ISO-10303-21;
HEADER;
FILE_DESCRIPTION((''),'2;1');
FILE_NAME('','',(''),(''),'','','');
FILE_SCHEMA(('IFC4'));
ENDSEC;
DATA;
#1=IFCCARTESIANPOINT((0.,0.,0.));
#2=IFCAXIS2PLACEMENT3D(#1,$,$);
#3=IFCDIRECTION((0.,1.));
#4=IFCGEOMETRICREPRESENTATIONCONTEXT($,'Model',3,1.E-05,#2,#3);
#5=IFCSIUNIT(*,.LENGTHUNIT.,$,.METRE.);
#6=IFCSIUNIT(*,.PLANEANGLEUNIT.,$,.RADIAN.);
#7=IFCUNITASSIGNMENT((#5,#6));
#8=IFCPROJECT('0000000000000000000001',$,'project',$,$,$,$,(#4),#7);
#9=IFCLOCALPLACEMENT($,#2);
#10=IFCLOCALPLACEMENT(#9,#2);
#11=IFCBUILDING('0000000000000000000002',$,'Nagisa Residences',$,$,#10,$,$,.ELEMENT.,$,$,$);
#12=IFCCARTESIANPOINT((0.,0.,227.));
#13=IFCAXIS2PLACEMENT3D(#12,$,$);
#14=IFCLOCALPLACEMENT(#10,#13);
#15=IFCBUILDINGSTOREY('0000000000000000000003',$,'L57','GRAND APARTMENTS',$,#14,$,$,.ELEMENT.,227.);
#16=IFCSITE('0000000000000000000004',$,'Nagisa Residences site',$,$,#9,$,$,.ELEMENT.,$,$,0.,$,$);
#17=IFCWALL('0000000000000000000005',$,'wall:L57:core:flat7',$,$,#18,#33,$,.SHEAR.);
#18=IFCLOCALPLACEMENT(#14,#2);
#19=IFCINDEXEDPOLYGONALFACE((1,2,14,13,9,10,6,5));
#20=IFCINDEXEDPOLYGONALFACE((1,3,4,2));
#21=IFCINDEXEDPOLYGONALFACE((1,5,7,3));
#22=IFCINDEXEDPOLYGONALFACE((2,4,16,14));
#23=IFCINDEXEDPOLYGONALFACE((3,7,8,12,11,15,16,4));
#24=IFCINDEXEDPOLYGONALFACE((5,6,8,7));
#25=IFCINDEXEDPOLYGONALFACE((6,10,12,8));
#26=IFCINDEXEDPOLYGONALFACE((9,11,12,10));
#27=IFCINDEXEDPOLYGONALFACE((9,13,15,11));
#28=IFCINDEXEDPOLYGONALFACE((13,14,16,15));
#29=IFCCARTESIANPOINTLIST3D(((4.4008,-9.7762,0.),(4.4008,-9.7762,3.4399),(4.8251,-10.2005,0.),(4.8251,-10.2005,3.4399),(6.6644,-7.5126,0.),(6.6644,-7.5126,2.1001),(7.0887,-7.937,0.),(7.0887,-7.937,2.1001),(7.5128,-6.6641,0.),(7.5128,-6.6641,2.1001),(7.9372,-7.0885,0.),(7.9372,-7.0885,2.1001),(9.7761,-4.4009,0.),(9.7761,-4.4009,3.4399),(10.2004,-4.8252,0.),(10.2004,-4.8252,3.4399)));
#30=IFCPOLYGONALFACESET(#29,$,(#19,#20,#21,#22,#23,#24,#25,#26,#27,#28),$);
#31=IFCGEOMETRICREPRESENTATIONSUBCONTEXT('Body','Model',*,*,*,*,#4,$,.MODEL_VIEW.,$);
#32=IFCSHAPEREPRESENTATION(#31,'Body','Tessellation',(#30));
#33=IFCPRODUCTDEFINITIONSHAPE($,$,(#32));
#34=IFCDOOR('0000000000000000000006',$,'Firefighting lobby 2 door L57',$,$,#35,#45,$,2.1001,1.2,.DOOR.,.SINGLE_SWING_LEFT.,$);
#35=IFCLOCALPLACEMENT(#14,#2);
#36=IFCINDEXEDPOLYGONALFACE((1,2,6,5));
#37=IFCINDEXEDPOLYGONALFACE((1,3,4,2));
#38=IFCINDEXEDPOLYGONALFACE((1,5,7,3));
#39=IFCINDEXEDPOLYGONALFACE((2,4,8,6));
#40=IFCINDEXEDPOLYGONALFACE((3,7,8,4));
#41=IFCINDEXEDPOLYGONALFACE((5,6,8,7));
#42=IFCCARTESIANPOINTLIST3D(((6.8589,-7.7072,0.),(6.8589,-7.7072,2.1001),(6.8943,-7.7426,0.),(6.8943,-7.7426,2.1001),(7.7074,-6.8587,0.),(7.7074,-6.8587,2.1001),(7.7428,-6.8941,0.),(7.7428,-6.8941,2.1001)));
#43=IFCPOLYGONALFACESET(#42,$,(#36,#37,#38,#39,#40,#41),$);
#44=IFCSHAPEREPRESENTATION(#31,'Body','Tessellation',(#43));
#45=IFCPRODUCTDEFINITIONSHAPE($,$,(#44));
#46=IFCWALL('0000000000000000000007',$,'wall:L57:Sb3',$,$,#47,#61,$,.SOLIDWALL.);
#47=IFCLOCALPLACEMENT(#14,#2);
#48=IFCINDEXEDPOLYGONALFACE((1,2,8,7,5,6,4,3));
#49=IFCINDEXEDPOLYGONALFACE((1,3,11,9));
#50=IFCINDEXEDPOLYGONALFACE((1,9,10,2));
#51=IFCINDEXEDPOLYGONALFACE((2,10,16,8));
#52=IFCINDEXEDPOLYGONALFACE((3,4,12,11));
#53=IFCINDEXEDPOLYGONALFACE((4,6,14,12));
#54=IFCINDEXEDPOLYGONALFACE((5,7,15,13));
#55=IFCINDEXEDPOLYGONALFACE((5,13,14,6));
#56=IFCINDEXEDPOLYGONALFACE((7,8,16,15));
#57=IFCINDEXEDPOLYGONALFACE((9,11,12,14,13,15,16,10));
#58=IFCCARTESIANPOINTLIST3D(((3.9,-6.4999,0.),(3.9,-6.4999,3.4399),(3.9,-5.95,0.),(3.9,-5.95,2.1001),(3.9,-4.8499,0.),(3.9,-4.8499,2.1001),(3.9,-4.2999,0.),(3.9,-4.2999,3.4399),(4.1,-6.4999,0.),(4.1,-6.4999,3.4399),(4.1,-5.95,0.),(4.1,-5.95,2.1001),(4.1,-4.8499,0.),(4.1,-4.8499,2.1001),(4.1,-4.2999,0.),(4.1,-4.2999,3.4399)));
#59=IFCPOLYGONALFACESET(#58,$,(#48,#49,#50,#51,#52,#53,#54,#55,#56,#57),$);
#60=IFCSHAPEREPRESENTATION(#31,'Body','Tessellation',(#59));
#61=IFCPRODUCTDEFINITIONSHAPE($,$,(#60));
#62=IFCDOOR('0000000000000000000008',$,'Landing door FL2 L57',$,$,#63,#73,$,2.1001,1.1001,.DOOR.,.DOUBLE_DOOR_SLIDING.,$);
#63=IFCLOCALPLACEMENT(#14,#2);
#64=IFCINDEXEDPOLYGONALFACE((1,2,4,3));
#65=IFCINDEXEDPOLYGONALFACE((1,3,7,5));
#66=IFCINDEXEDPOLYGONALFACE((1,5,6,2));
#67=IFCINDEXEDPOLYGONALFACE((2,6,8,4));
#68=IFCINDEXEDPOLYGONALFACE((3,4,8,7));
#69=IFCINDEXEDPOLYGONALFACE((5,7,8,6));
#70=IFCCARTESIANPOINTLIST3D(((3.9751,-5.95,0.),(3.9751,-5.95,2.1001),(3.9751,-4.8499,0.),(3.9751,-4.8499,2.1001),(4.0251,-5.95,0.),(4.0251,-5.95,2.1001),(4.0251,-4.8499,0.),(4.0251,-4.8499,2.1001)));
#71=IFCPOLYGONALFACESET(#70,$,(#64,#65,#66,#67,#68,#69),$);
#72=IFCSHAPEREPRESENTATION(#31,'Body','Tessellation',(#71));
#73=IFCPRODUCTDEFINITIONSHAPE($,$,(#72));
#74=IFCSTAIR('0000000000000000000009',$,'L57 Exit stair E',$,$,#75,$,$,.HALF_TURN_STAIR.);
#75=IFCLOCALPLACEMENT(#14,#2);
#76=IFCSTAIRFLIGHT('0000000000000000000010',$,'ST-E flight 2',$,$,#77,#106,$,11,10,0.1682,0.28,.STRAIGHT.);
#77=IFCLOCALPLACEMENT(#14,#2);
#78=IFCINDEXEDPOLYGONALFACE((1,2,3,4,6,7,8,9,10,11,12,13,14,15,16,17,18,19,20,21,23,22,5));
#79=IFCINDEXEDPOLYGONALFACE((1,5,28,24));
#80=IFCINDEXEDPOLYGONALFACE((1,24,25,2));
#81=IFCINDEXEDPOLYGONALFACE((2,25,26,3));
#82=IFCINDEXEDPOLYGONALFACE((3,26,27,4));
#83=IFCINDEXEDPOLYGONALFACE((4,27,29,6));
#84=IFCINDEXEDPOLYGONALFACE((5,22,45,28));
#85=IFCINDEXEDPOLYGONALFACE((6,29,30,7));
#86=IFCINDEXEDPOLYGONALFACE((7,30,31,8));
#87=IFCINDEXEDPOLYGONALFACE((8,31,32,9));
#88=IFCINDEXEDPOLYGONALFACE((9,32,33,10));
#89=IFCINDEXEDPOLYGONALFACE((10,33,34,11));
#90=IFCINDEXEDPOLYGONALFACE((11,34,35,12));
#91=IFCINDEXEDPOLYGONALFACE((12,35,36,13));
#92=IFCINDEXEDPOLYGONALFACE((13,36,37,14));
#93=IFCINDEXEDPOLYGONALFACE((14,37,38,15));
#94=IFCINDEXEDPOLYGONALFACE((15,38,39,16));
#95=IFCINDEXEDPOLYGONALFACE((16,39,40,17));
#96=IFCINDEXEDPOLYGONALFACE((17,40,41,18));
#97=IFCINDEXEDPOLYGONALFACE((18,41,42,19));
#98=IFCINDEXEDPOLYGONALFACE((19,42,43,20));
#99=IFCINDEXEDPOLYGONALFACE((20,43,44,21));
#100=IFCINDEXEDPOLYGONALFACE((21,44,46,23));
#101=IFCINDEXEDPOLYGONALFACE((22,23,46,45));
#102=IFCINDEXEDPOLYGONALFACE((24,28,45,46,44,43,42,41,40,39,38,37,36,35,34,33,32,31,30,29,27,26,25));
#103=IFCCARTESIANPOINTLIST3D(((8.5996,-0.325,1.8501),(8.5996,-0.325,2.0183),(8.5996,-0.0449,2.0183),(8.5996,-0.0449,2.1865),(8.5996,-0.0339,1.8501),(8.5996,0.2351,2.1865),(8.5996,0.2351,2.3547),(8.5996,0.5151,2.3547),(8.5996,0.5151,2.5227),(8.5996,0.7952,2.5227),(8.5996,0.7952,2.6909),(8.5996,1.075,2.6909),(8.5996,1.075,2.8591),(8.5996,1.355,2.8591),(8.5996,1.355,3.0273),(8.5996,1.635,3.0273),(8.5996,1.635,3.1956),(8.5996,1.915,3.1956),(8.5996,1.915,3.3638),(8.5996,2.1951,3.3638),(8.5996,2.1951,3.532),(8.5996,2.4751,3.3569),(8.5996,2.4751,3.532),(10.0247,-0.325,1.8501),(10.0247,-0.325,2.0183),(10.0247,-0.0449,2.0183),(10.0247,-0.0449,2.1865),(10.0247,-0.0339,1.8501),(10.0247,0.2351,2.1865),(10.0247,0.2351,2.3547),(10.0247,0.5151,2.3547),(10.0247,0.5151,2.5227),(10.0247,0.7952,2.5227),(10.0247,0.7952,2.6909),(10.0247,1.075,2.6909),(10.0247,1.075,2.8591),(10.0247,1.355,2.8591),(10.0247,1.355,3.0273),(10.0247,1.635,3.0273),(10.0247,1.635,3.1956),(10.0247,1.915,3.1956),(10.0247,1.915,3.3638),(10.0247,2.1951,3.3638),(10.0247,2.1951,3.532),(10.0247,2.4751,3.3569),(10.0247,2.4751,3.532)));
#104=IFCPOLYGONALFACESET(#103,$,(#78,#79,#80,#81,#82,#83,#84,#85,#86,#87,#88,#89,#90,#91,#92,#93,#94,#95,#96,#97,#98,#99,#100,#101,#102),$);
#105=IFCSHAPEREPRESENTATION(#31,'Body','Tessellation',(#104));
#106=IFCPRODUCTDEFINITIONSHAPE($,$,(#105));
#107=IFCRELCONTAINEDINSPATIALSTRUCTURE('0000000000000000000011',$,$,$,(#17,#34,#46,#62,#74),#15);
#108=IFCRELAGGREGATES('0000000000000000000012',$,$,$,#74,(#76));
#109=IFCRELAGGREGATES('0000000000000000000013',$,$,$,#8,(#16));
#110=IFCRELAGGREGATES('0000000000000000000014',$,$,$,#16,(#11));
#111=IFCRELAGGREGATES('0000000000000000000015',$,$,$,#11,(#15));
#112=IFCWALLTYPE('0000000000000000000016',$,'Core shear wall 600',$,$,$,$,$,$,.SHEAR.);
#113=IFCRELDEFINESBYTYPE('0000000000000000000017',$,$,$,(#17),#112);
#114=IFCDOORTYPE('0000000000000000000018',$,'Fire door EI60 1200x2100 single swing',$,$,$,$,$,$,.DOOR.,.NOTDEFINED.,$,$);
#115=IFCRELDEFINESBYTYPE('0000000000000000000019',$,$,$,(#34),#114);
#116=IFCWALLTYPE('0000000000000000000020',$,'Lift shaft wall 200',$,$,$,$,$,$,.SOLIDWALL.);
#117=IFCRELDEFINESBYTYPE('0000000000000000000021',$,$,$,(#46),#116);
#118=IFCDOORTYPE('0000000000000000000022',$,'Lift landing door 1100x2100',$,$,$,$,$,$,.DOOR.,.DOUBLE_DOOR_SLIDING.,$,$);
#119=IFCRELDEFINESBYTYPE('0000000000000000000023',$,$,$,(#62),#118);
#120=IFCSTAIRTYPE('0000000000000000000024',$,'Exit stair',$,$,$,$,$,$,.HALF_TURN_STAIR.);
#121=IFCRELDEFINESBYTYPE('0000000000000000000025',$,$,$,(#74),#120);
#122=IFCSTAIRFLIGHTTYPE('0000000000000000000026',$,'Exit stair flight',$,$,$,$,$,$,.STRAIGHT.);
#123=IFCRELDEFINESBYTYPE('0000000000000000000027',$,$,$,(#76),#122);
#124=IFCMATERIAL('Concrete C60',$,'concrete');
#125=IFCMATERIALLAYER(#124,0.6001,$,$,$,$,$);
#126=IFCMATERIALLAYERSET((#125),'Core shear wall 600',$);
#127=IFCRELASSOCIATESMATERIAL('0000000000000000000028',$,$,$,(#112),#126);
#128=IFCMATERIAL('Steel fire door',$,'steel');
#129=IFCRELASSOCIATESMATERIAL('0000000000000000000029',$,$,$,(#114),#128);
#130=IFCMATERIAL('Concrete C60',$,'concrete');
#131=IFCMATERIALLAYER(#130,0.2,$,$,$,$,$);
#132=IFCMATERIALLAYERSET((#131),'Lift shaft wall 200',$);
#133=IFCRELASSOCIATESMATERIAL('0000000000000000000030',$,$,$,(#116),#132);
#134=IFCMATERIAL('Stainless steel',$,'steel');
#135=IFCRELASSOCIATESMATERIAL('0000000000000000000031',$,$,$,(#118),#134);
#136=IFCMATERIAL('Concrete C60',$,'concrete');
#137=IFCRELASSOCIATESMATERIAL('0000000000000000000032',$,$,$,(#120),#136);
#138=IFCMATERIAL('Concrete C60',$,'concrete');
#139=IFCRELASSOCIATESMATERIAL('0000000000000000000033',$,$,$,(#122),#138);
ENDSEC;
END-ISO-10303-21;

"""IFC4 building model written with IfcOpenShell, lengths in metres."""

from ifc_helpers import new_model, si_unit, direction, frame, frame_2d, origin, place, context, subcontext, project, spatial, polyline, rectangle, outline, extrude, material, layer, layer_set, type_object, element, fill, aggregate, save


model = new_model("IFC4")

# Units and contexts
model_context = context("Model", 3, precision=1e-05, world=origin(), true_north=direction((0.0, 1.0)))
body_context = subcontext(model_context, "Body", "Model", "MODEL_VIEW")
ifc_project = project(units=[si_unit("LENGTHUNIT", "METRE"), si_unit("PLANEANGLEUNIT", "RADIAN")], contexts=[model_context])

# Site, building, storey
site_placement = place(None, origin())
site = spatial("IfcSite", under=ifc_project, at=site_placement, Name="Nagisa Residences site", CompositionType="ELEMENT", RefElevation=0.0)
building_placement = place(site_placement, origin())
building = spatial("IfcBuilding", under=site, at=building_placement, Name="Nagisa Residences", CompositionType="ELEMENT")
storey_placement = place(building_placement, frame((0.0, 0.0, 227.0)))
storey = spatial("IfcBuildingStorey", under=building, at=storey_placement, Name="L57", Description="GRAND APARTMENTS", CompositionType="ELEMENT", Elevation=227.0)

# Walls, openings, doors
ifc_material_1 = material(Name="Concrete C60", Category="concrete")
ifc_layer_1 = layer(ifc_material_1, 0.6001)
ifc_layer_set_1 = layer_set([ifc_layer_1], Name="Core shear wall 600")
wall_type_1 = type_object("IfcWallType", Name="Core shear wall 600", PredefinedType="SHEAR", material=ifc_layer_set_1)
wall_1_placement = place(storey_placement, frame((4.613, -9.9883, 0.0), z_axis=(0.0, 0.0, 1.0), x_axis=(0.707107, 0.707107, 0.0)))
wall_1 = element("IfcWall", 1, at=wall_1_placement, inside=storey, type_object=wall_type_1, Name="wall:L57:core:flat7", PredefinedType="SHEAR", context=body_context, shape_type="SweptSolid", body=[
    extrude(rectangle(XDim=7.6018, YDim=0.6001, at=frame_2d((3.8008, 0.0))), origin(), (0.0, 0.0, 1.0), 3.4399),
])
opening_1_placement = place(wall_1_placement, frame((3.2009, 0.0, 0.0)))
opening_1 = element("IfcOpeningElement", 2, at=opening_1_placement, cuts=wall_1, PredefinedType="OPENING", context=body_context, shape_type="SweptSolid", body=[
    extrude(rectangle(XDim=1.2, YDim=2.1001, at=frame_2d((0.6001, 1.05))), frame((0.0, 0.3101, 0.0), z_axis=(0.0, -1.0, 0.0), x_axis=(1.0, 0.0, 0.0)), (0.0, 0.0, 1.0), 0.6201),
])
ifc_material_2 = material(Name="Steel fire door", Category="steel")
door_type_1 = type_object("IfcDoorType", Name="Fire door EI60 1200x2100 single swing", OperationType="NOTDEFINED", PredefinedType="DOOR", material=ifc_material_2)
door_1_placement = place(opening_1_placement, origin())
door_1 = element("IfcDoor", 3, at=door_1_placement, inside=storey, type_object=door_type_1, Name="Firefighting lobby 2 door L57", OperationType="SINGLE_SWING_LEFT", OverallHeight=2.1001, OverallWidth=1.2, PredefinedType="DOOR", context=body_context, shape_type="SweptSolid", body=[
    extrude(rectangle(XDim=1.2, YDim=2.1001, at=frame_2d((0.6001, 1.05))), frame((0.0, 0.0249, 0.0), z_axis=(0.0, -1.0, 0.0), x_axis=(1.0, 0.0, 0.0)), (0.0, 0.0, 1.0), 0.05),
])
fill(opening_1, door_1)
ifc_material_3 = material(Name="Concrete C60", Category="concrete")
ifc_layer_2 = layer(ifc_material_3, 0.2)
ifc_layer_set_2 = layer_set([ifc_layer_2], Name="Lift shaft wall 200")
wall_type_2 = type_object("IfcWallType", Name="Lift shaft wall 200", PredefinedType="SOLIDWALL", material=ifc_layer_set_2)
wall_2_placement = place(storey_placement, frame((4.0, -6.5, 0.0), z_axis=(0.0, 0.0, 1.0), x_axis=(0.0, 1.0, 0.0)))
wall_2 = element("IfcWall", 4, at=wall_2_placement, inside=storey, type_object=wall_type_2, Name="wall:L57:Sb3", PredefinedType="SOLIDWALL", context=body_context, shape_type="SweptSolid", body=[
    extrude(rectangle(XDim=2.2, YDim=0.2, at=frame_2d((1.1001, 0.0))), origin(), (0.0, 0.0, 1.0), 3.4399),
])
opening_2_placement = place(wall_2_placement, frame((0.55, 0.0, 0.0)))
opening_2 = element("IfcOpeningElement", 5, at=opening_2_placement, cuts=wall_2, PredefinedType="OPENING", context=body_context, shape_type="SweptSolid", body=[
    extrude(rectangle(XDim=1.1001, YDim=2.1001, at=frame_2d((0.55, 1.05))), frame((0.0, 0.1099, 0.0), z_axis=(0.0, -1.0, 0.0), x_axis=(1.0, 0.0, 0.0)), (0.0, 0.0, 1.0), 0.22),
])
ifc_material_4 = material(Name="Stainless steel", Category="steel")
door_type_2 = type_object("IfcDoorType", Name="Lift landing door 1100x2100", OperationType="DOUBLE_DOOR_SLIDING", PredefinedType="DOOR", material=ifc_material_4)
door_2_placement = place(opening_2_placement, origin())
door_2 = element("IfcDoor", 6, at=door_2_placement, inside=storey, type_object=door_type_2, Name="Landing door FL2 L57", OperationType="DOUBLE_DOOR_SLIDING", OverallHeight=2.1001, OverallWidth=1.1001, PredefinedType="DOOR", context=body_context, shape_type="SweptSolid", body=[
    extrude(rectangle(XDim=1.1001, YDim=2.1001, at=frame_2d((0.55, 1.05))), frame((0.0, 0.0249, 0.0), z_axis=(0.0, -1.0, 0.0), x_axis=(1.0, 0.0, 0.0)), (0.0, 0.0, 1.0), 0.05),
])
fill(opening_2, door_2)

# Stair, stair flight
ifc_material_5 = material(Name="Concrete C60", Category="concrete")
stair_type = type_object("IfcStairType", Name="Exit stair", PredefinedType="HALF_TURN_STAIR", material=ifc_material_5)
stair_placement = place(storey_placement, origin())
stair = element("IfcStair", 7, at=stair_placement, inside=storey, type_object=stair_type, Name="L57 Exit stair E", PredefinedType="HALF_TURN_STAIR")
ifc_material_6 = material(Name="Concrete C60", Category="concrete")
stair_flight_type = type_object("IfcStairFlightType", Name="Exit stair flight", PredefinedType="STRAIGHT", material=ifc_material_6)
stair_flight_placement = place(storey_placement, frame((9.312, -0.325, 1.8501), z_axis=(0.0, 0.0, 1.0), x_axis=(0.0, 1.0, 0.0)))
stair_flight = element("IfcStairFlight", 8, at=stair_flight_placement, type_object=stair_flight_type, Name="ST-E flight 2", NumberOfRisers=11, NumberOfTreads=10, PredefinedType="STRAIGHT", RiserHeight=0.1682, TreadLength=0.28, context=body_context, shape_type="SweptSolid", body=[
    extrude(outline(polyline([(0.0, 0.0), (0.0, 0.1682), (0.28, 0.1682), (0.28, 0.3364), (0.5601, 0.3364), (0.5601, 0.5046), (0.8401, 0.5046), (0.8401, 0.6726), (1.1201, 0.6726), (1.1201, 0.8408), (1.3999, 0.8408), (1.3999, 1.009), (1.6799, 1.009), (1.6799, 1.1772), (1.96, 1.1772), (1.96, 1.3455), (2.24, 1.3455), (2.24, 1.5137), (2.52, 1.5137), (2.52, 1.6819), (2.8, 1.6819), (2.8, 1.8501), (2.8, 1.5068), (0.291, 0.0), (0.0, 0.0)])), frame((0.0, 0.7124, 0.0), z_axis=(0.0, -1.0, 0.0), x_axis=(1.0, 0.0, 0.0)), (0.0, 0.0, 1.0), 1.425),
])
aggregate(stair, [stair_flight])

save(model, "model.ifc")
